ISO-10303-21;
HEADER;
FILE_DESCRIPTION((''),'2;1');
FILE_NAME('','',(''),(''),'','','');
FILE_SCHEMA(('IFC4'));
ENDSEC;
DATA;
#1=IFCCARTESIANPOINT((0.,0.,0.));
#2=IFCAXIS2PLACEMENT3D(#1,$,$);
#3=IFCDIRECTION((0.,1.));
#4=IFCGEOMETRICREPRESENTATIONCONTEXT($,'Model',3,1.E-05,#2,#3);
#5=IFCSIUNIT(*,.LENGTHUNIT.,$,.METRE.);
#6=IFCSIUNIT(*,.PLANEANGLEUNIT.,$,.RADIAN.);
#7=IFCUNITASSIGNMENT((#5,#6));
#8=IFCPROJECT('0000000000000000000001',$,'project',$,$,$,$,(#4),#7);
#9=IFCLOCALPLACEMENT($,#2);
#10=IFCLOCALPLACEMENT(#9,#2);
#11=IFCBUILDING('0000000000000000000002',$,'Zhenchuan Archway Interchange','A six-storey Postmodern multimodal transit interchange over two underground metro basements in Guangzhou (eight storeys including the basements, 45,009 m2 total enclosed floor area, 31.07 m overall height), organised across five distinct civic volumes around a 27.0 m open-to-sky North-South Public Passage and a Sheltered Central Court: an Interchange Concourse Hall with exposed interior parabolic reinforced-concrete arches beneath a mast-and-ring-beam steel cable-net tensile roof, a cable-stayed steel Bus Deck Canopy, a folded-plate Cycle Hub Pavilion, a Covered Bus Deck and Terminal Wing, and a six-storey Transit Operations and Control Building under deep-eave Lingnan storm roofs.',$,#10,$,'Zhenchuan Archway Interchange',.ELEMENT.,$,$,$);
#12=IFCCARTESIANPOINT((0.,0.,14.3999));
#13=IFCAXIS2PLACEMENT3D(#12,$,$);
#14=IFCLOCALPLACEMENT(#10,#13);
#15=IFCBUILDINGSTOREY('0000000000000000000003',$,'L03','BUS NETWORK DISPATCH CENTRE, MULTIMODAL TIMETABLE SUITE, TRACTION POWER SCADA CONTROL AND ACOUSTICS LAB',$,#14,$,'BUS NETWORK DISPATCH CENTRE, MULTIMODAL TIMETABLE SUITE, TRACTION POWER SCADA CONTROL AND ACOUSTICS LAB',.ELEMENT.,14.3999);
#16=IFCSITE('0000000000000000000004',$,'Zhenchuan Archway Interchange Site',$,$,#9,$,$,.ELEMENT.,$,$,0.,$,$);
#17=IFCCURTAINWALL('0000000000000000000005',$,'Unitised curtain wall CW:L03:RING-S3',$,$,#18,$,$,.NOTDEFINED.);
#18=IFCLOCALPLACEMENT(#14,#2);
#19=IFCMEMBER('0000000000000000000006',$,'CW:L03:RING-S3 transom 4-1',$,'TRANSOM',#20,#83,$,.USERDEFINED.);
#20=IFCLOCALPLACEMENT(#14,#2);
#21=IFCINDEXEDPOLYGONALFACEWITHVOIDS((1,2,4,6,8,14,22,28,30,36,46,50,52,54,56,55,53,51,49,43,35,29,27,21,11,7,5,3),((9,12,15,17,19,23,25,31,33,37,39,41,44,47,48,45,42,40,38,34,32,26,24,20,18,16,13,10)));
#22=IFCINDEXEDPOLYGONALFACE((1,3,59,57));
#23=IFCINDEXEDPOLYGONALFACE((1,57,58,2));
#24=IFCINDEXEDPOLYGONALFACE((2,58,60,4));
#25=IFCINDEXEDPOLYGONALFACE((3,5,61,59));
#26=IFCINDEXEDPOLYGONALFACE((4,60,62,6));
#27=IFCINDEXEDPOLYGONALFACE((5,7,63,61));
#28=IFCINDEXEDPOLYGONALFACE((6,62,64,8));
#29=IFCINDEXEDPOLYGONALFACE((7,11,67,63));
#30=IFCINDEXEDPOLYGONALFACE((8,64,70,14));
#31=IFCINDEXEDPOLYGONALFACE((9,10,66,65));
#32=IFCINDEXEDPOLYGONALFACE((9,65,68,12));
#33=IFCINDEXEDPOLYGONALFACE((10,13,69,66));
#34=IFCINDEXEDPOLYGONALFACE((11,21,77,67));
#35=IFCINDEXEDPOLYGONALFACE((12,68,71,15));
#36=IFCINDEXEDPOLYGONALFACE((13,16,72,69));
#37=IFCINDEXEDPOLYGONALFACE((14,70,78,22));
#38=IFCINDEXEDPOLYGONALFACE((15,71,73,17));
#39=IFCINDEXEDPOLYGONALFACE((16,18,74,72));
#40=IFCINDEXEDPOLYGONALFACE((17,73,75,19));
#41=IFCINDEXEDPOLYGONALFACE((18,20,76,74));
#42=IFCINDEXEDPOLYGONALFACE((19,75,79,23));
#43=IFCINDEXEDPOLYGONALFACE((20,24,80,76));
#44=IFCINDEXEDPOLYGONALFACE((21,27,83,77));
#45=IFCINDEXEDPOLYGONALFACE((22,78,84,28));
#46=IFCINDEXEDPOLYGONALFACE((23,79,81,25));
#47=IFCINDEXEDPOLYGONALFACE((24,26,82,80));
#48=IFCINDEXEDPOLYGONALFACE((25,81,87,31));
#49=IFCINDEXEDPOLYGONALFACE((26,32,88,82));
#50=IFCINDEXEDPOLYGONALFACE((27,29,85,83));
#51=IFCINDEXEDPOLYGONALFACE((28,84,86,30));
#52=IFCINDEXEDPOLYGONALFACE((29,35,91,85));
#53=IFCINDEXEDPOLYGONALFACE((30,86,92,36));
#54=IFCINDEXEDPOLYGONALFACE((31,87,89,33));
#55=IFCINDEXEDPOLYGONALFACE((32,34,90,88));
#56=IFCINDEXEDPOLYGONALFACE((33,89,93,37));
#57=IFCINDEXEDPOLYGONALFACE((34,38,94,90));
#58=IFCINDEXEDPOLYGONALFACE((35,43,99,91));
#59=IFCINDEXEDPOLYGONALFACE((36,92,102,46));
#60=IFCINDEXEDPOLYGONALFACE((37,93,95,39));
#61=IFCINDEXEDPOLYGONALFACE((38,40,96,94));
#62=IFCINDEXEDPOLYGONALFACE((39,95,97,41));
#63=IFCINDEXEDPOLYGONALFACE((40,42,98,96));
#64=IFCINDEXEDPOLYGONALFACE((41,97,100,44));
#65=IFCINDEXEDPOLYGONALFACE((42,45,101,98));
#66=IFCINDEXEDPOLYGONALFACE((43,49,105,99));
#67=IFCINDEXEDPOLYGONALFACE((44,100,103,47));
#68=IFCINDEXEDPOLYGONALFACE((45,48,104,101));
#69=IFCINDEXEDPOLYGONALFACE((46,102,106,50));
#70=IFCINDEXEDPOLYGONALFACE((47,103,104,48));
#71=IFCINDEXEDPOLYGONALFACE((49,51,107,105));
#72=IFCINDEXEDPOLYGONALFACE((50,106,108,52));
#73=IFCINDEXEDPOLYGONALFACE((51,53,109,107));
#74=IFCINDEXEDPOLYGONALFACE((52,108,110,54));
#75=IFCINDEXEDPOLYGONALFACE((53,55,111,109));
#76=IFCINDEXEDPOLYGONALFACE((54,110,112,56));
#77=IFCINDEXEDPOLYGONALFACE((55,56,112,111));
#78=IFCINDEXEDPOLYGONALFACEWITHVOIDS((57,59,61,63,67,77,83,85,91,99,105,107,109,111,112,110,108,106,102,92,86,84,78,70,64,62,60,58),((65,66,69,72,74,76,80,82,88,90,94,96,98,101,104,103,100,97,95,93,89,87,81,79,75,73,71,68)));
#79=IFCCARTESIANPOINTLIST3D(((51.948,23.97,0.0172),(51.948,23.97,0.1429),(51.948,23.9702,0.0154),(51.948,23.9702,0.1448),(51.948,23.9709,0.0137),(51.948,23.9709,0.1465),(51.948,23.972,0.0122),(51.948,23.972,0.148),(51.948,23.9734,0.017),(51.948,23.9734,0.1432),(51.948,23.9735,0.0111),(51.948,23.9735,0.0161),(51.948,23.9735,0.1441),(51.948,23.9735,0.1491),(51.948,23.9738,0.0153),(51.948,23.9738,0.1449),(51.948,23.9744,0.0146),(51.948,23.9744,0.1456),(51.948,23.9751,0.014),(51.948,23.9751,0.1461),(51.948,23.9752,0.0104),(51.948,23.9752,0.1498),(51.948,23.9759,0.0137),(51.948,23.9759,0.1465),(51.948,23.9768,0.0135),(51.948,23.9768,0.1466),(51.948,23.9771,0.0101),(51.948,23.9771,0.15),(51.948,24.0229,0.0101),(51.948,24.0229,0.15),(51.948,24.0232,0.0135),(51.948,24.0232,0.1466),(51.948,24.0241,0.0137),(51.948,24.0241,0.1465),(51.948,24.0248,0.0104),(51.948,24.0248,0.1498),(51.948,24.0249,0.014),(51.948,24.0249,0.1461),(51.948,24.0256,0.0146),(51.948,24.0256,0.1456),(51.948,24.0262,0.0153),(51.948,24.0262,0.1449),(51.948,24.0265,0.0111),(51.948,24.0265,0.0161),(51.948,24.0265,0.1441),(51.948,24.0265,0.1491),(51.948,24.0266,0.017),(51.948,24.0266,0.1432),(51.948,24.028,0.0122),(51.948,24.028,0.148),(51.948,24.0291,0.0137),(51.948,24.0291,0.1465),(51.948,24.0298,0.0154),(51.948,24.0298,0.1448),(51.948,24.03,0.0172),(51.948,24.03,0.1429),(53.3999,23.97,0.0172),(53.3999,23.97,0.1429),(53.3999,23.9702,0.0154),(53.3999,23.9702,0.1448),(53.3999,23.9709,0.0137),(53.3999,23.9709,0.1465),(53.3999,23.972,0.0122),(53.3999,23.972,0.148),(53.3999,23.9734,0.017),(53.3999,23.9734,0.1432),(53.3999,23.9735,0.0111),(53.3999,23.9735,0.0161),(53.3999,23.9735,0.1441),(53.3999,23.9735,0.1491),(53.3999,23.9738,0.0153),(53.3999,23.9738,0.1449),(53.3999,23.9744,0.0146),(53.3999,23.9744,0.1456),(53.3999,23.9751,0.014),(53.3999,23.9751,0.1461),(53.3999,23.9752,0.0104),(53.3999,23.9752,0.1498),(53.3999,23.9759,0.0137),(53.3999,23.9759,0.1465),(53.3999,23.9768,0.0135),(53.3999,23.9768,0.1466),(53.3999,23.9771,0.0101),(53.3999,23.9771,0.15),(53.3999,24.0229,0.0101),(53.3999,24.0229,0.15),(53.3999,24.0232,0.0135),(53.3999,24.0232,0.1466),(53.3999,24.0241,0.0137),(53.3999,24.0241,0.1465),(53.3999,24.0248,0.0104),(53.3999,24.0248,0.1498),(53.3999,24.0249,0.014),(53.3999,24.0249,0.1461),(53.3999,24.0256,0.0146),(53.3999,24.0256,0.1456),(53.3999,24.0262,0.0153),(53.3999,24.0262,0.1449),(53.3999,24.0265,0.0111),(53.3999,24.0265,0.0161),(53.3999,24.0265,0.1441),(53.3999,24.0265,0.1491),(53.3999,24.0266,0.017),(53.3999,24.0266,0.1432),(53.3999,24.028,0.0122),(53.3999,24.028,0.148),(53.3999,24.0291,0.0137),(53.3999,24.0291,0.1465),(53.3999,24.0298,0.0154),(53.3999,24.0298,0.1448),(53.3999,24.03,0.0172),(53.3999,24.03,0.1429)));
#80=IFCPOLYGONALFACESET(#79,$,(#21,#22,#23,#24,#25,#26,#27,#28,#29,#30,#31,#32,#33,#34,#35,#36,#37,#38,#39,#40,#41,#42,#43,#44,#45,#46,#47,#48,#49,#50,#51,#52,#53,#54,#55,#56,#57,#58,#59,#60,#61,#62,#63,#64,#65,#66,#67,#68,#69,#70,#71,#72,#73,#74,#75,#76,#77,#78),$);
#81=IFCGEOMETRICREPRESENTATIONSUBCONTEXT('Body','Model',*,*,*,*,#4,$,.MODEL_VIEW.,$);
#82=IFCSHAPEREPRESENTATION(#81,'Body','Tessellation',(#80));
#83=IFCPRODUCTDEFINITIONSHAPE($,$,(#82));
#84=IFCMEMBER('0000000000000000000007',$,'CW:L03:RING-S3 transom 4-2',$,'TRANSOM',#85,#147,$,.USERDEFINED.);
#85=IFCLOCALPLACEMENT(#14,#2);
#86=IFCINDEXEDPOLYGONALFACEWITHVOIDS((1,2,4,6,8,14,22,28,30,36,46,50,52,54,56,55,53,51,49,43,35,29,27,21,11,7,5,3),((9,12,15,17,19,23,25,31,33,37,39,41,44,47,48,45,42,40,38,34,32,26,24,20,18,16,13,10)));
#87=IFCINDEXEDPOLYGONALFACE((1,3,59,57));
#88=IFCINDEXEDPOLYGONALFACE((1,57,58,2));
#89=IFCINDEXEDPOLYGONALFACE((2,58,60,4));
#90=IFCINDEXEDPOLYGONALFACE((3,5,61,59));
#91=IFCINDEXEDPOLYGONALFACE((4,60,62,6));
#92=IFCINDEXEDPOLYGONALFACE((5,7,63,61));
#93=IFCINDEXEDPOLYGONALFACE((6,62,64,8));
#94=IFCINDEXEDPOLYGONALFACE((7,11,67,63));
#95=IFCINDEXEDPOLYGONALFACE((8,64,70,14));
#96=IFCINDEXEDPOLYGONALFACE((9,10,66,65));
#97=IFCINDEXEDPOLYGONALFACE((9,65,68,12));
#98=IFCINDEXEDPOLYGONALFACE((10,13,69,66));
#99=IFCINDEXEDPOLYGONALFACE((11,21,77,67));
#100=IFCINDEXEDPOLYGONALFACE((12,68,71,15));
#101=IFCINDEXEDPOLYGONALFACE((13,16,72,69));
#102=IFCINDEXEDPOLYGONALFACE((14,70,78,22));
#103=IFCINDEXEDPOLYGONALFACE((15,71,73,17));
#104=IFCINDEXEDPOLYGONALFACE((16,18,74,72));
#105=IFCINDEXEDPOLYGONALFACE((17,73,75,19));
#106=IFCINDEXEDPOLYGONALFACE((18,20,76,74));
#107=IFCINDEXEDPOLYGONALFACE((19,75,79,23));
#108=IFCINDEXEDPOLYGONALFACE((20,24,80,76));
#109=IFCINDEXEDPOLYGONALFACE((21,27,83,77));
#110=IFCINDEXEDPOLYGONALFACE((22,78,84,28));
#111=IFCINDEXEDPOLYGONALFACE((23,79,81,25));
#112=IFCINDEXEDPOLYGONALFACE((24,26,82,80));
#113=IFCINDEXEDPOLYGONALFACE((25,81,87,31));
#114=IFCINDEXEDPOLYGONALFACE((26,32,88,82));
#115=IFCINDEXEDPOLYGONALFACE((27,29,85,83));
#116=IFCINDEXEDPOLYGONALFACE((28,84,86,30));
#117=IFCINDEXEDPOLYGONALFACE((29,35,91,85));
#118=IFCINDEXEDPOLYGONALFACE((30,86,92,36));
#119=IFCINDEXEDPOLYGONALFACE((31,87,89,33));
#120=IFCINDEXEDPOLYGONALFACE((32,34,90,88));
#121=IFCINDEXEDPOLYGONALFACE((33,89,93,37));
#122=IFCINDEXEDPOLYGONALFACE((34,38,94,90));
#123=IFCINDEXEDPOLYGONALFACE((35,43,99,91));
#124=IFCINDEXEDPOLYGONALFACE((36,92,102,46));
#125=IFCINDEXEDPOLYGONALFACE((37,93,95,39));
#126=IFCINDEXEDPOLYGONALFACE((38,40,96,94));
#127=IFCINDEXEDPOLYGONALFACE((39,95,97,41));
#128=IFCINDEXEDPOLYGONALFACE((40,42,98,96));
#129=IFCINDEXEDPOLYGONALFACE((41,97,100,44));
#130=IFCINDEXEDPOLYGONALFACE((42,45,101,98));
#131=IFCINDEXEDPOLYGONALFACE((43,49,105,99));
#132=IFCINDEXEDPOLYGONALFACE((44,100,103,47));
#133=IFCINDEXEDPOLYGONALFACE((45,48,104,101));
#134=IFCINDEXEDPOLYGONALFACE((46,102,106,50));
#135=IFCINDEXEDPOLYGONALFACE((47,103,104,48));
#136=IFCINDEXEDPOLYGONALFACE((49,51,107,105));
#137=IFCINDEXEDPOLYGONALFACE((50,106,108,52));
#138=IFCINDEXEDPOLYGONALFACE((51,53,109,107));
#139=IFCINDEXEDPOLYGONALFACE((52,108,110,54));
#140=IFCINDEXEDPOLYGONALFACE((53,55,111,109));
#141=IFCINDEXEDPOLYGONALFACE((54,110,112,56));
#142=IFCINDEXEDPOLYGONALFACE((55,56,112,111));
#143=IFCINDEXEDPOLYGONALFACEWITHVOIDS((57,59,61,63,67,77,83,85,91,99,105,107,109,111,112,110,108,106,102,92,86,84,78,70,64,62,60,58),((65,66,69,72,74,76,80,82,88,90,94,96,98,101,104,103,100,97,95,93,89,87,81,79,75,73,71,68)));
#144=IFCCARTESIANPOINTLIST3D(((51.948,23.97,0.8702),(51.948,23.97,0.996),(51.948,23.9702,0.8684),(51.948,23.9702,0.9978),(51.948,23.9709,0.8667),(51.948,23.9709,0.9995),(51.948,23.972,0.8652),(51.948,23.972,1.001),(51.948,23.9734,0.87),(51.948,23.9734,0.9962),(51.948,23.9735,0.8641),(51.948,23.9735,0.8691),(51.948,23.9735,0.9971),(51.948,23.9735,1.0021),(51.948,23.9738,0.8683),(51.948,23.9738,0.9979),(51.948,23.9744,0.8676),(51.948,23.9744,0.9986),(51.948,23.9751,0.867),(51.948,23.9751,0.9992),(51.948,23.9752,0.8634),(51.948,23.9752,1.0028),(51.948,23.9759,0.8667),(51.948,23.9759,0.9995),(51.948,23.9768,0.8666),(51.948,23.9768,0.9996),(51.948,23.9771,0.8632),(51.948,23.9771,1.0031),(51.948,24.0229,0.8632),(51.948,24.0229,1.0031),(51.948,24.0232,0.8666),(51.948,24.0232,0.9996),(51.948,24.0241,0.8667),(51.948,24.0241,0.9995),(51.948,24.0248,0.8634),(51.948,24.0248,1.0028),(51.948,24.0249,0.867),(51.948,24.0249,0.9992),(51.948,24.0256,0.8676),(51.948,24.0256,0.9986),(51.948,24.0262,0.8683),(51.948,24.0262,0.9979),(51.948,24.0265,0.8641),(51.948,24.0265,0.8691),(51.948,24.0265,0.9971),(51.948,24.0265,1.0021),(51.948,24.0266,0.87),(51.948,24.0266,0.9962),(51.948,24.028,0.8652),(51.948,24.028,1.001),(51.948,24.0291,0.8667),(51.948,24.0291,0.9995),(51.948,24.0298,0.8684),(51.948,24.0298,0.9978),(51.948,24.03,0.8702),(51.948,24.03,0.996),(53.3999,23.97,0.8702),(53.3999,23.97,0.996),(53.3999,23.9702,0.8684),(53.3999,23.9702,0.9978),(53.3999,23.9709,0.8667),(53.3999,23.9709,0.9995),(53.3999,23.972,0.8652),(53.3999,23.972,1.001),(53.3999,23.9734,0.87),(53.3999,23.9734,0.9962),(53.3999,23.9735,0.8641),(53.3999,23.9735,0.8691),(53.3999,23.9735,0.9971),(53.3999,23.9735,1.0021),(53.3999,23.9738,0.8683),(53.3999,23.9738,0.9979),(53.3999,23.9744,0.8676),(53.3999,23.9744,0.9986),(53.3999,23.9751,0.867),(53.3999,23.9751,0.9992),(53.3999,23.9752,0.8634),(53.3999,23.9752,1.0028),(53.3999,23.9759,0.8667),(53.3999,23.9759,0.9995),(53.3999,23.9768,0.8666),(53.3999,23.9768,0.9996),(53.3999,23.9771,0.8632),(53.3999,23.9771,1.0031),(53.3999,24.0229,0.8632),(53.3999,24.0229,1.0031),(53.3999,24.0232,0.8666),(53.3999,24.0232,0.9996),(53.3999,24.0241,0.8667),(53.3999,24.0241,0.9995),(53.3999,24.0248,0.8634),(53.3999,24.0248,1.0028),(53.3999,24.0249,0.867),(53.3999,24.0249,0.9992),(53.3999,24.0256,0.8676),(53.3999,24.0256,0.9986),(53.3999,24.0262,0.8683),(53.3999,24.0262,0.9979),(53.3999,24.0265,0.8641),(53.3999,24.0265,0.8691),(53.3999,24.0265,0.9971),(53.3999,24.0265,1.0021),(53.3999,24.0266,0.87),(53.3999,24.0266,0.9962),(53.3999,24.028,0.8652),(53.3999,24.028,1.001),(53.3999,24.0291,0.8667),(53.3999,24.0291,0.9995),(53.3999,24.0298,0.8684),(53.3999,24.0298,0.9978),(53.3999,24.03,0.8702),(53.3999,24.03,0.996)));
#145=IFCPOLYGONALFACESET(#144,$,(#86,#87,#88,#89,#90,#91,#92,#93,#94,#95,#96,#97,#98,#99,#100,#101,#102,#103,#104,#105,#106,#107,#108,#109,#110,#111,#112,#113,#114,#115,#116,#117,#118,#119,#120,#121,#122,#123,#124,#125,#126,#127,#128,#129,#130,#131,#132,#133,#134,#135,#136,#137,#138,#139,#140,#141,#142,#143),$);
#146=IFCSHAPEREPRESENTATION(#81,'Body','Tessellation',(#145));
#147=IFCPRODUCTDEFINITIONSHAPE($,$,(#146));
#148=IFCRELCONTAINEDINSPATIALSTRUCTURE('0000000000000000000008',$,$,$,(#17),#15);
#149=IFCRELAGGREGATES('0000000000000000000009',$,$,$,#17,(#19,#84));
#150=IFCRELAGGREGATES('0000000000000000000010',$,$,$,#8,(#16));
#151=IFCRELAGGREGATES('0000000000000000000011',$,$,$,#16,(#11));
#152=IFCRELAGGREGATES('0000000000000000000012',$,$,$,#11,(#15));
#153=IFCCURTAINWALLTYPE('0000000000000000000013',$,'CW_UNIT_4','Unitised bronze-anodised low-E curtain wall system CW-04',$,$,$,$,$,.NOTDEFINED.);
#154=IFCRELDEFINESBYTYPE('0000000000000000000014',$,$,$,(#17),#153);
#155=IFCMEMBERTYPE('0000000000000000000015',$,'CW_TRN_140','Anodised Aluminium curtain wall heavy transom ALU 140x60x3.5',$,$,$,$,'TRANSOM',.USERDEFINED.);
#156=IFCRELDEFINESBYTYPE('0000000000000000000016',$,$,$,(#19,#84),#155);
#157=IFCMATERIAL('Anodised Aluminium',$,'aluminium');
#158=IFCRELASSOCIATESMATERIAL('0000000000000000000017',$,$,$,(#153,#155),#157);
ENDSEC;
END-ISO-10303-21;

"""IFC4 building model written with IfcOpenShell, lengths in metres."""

from ifc_helpers import new_model, si_unit, direction, frame, origin, origin_2d, place, context, subcontext, project, spatial, hollow_rectangle, extrude, material, material_profile, profile_set, type_object, element, aggregate, save


model = new_model("IFC4")

# Units and contexts
model_context = context("Model", 3, precision=1e-05, world=origin(), true_north=direction((0.0, 1.0)))
body_context = subcontext(model_context, "Body", "Model", "MODEL_VIEW")
ifc_project = project(units=[si_unit("LENGTHUNIT", "METRE"), si_unit("PLANEANGLEUNIT", "RADIAN")], contexts=[model_context])

# Site, building, storey
site_placement = place(None, origin())
site = spatial("IfcSite", under=ifc_project, at=site_placement, Name="Zhenchuan Archway Interchange Site", CompositionType="ELEMENT", RefElevation=0.0)
building_placement = place(site_placement, origin())
building = spatial("IfcBuilding", under=site, at=building_placement, Name="Zhenchuan Archway Interchange", Description="A six-storey Postmodern multimodal transit interchange over two underground metro basements in Guangzhou (eight storeys including the basements, 45,009 m2 total enclosed floor area, 31.07 m overall height), organised across five distinct civic volumes around a 27.0 m open-to-sky North-South Public Passage and a Sheltered Central Court: an Interchange Concourse Hall with exposed interior parabolic reinforced-concrete arches beneath a mast-and-ring-beam steel cable-net tensile roof, a cable-stayed steel Bus Deck Canopy, a folded-plate Cycle Hub Pavilion, a Covered Bus Deck and Terminal Wing, and a six-storey Transit Operations and Control Building under deep-eave Lingnan storm roofs.", LongName="Zhenchuan Archway Interchange", CompositionType="ELEMENT")
storey_placement = place(building_placement, frame((0.0, 0.0, 14.3999)))
storey = spatial("IfcBuildingStorey", under=building, at=storey_placement, Name="L03", Description="BUS NETWORK DISPATCH CENTRE, MULTIMODAL TIMETABLE SUITE, TRACTION POWER SCADA CONTROL AND ACOUSTICS LAB", LongName="BUS NETWORK DISPATCH CENTRE, MULTIMODAL TIMETABLE SUITE, TRACTION POWER SCADA CONTROL AND ACOUSTICS LAB", CompositionType="ELEMENT", Elevation=14.3999)

# Curtain wall
ifc_material_1 = material(Name="Anodised Aluminium", Category="aluminium")
curtain_wall_type = type_object("IfcCurtainWallType", Name="CW_UNIT_4", Description="Unitised bronze-anodised low-E curtain wall system CW-04", PredefinedType="NOTDEFINED", material=ifc_material_1)
curtain_wall_1_placement = place(storey_placement, origin())
curtain_wall_1 = element("IfcCurtainWall", 1, at=curtain_wall_1_placement, inside=storey, type_object=curtain_wall_type, Name="Unitised curtain wall CW:L03:RING-S3", PredefinedType="NOTDEFINED")

# Members
ifc_material_profile_1 = material_profile(ifc_material_1, hollow_rectangle(XDim=0.0601, YDim=0.1399, WallThickness=0.0034, InnerFilletRadius=0.0034, OuterFilletRadius=0.0071, at=origin_2d()), Name="ALU 140x60x3.5")
ifc_profile_set_1 = profile_set([ifc_material_profile_1], Name="Anodised Aluminium")
member_type_1 = type_object("IfcMemberType", Name="CW_TRN_140", Description="Anodised Aluminium curtain wall heavy transom ALU 140x60x3.5", ElementType="TRANSOM", PredefinedType="USERDEFINED", material=ifc_profile_set_1)
member_1_placement = place(storey_placement, frame((51.948, 24.0, 0.0801), z_axis=(1.0, 0.0, 0.0), x_axis=(0.0, 1.0, 0.0)))
member_1 = element("IfcMember", 2, at=member_1_placement, type_object=member_type_1, Name="CW:L03:RING-S3 transom 4-1", ObjectType="TRANSOM", PredefinedType="USERDEFINED", context=body_context, shape_type="SweptSolid", body=[
    extrude(hollow_rectangle(XDim=0.0601, YDim=0.1399, WallThickness=0.0034, InnerFilletRadius=0.0034, OuterFilletRadius=0.0071, at=origin_2d()), origin(), (0.0, 0.0, 1.0), 1.4519),
])
member_2_placement = place(storey_placement, frame((51.948, 24.0, 0.9331), z_axis=(1.0, 0.0, 0.0), x_axis=(0.0, 1.0, 0.0)))
member_2 = element("IfcMember", 3, at=member_2_placement, type_object=member_type_1, Name="CW:L03:RING-S3 transom 4-2", ObjectType="TRANSOM", PredefinedType="USERDEFINED", context=body_context, shape_type="SweptSolid", body=[
    extrude(hollow_rectangle(XDim=0.0601, YDim=0.1399, WallThickness=0.0034, InnerFilletRadius=0.0034, OuterFilletRadius=0.0071, at=origin_2d()), origin(), (0.0, 0.0, 1.0), 1.4519),
])

aggregate(curtain_wall_1, [member_1, member_2])

save(model, "model.ifc")
